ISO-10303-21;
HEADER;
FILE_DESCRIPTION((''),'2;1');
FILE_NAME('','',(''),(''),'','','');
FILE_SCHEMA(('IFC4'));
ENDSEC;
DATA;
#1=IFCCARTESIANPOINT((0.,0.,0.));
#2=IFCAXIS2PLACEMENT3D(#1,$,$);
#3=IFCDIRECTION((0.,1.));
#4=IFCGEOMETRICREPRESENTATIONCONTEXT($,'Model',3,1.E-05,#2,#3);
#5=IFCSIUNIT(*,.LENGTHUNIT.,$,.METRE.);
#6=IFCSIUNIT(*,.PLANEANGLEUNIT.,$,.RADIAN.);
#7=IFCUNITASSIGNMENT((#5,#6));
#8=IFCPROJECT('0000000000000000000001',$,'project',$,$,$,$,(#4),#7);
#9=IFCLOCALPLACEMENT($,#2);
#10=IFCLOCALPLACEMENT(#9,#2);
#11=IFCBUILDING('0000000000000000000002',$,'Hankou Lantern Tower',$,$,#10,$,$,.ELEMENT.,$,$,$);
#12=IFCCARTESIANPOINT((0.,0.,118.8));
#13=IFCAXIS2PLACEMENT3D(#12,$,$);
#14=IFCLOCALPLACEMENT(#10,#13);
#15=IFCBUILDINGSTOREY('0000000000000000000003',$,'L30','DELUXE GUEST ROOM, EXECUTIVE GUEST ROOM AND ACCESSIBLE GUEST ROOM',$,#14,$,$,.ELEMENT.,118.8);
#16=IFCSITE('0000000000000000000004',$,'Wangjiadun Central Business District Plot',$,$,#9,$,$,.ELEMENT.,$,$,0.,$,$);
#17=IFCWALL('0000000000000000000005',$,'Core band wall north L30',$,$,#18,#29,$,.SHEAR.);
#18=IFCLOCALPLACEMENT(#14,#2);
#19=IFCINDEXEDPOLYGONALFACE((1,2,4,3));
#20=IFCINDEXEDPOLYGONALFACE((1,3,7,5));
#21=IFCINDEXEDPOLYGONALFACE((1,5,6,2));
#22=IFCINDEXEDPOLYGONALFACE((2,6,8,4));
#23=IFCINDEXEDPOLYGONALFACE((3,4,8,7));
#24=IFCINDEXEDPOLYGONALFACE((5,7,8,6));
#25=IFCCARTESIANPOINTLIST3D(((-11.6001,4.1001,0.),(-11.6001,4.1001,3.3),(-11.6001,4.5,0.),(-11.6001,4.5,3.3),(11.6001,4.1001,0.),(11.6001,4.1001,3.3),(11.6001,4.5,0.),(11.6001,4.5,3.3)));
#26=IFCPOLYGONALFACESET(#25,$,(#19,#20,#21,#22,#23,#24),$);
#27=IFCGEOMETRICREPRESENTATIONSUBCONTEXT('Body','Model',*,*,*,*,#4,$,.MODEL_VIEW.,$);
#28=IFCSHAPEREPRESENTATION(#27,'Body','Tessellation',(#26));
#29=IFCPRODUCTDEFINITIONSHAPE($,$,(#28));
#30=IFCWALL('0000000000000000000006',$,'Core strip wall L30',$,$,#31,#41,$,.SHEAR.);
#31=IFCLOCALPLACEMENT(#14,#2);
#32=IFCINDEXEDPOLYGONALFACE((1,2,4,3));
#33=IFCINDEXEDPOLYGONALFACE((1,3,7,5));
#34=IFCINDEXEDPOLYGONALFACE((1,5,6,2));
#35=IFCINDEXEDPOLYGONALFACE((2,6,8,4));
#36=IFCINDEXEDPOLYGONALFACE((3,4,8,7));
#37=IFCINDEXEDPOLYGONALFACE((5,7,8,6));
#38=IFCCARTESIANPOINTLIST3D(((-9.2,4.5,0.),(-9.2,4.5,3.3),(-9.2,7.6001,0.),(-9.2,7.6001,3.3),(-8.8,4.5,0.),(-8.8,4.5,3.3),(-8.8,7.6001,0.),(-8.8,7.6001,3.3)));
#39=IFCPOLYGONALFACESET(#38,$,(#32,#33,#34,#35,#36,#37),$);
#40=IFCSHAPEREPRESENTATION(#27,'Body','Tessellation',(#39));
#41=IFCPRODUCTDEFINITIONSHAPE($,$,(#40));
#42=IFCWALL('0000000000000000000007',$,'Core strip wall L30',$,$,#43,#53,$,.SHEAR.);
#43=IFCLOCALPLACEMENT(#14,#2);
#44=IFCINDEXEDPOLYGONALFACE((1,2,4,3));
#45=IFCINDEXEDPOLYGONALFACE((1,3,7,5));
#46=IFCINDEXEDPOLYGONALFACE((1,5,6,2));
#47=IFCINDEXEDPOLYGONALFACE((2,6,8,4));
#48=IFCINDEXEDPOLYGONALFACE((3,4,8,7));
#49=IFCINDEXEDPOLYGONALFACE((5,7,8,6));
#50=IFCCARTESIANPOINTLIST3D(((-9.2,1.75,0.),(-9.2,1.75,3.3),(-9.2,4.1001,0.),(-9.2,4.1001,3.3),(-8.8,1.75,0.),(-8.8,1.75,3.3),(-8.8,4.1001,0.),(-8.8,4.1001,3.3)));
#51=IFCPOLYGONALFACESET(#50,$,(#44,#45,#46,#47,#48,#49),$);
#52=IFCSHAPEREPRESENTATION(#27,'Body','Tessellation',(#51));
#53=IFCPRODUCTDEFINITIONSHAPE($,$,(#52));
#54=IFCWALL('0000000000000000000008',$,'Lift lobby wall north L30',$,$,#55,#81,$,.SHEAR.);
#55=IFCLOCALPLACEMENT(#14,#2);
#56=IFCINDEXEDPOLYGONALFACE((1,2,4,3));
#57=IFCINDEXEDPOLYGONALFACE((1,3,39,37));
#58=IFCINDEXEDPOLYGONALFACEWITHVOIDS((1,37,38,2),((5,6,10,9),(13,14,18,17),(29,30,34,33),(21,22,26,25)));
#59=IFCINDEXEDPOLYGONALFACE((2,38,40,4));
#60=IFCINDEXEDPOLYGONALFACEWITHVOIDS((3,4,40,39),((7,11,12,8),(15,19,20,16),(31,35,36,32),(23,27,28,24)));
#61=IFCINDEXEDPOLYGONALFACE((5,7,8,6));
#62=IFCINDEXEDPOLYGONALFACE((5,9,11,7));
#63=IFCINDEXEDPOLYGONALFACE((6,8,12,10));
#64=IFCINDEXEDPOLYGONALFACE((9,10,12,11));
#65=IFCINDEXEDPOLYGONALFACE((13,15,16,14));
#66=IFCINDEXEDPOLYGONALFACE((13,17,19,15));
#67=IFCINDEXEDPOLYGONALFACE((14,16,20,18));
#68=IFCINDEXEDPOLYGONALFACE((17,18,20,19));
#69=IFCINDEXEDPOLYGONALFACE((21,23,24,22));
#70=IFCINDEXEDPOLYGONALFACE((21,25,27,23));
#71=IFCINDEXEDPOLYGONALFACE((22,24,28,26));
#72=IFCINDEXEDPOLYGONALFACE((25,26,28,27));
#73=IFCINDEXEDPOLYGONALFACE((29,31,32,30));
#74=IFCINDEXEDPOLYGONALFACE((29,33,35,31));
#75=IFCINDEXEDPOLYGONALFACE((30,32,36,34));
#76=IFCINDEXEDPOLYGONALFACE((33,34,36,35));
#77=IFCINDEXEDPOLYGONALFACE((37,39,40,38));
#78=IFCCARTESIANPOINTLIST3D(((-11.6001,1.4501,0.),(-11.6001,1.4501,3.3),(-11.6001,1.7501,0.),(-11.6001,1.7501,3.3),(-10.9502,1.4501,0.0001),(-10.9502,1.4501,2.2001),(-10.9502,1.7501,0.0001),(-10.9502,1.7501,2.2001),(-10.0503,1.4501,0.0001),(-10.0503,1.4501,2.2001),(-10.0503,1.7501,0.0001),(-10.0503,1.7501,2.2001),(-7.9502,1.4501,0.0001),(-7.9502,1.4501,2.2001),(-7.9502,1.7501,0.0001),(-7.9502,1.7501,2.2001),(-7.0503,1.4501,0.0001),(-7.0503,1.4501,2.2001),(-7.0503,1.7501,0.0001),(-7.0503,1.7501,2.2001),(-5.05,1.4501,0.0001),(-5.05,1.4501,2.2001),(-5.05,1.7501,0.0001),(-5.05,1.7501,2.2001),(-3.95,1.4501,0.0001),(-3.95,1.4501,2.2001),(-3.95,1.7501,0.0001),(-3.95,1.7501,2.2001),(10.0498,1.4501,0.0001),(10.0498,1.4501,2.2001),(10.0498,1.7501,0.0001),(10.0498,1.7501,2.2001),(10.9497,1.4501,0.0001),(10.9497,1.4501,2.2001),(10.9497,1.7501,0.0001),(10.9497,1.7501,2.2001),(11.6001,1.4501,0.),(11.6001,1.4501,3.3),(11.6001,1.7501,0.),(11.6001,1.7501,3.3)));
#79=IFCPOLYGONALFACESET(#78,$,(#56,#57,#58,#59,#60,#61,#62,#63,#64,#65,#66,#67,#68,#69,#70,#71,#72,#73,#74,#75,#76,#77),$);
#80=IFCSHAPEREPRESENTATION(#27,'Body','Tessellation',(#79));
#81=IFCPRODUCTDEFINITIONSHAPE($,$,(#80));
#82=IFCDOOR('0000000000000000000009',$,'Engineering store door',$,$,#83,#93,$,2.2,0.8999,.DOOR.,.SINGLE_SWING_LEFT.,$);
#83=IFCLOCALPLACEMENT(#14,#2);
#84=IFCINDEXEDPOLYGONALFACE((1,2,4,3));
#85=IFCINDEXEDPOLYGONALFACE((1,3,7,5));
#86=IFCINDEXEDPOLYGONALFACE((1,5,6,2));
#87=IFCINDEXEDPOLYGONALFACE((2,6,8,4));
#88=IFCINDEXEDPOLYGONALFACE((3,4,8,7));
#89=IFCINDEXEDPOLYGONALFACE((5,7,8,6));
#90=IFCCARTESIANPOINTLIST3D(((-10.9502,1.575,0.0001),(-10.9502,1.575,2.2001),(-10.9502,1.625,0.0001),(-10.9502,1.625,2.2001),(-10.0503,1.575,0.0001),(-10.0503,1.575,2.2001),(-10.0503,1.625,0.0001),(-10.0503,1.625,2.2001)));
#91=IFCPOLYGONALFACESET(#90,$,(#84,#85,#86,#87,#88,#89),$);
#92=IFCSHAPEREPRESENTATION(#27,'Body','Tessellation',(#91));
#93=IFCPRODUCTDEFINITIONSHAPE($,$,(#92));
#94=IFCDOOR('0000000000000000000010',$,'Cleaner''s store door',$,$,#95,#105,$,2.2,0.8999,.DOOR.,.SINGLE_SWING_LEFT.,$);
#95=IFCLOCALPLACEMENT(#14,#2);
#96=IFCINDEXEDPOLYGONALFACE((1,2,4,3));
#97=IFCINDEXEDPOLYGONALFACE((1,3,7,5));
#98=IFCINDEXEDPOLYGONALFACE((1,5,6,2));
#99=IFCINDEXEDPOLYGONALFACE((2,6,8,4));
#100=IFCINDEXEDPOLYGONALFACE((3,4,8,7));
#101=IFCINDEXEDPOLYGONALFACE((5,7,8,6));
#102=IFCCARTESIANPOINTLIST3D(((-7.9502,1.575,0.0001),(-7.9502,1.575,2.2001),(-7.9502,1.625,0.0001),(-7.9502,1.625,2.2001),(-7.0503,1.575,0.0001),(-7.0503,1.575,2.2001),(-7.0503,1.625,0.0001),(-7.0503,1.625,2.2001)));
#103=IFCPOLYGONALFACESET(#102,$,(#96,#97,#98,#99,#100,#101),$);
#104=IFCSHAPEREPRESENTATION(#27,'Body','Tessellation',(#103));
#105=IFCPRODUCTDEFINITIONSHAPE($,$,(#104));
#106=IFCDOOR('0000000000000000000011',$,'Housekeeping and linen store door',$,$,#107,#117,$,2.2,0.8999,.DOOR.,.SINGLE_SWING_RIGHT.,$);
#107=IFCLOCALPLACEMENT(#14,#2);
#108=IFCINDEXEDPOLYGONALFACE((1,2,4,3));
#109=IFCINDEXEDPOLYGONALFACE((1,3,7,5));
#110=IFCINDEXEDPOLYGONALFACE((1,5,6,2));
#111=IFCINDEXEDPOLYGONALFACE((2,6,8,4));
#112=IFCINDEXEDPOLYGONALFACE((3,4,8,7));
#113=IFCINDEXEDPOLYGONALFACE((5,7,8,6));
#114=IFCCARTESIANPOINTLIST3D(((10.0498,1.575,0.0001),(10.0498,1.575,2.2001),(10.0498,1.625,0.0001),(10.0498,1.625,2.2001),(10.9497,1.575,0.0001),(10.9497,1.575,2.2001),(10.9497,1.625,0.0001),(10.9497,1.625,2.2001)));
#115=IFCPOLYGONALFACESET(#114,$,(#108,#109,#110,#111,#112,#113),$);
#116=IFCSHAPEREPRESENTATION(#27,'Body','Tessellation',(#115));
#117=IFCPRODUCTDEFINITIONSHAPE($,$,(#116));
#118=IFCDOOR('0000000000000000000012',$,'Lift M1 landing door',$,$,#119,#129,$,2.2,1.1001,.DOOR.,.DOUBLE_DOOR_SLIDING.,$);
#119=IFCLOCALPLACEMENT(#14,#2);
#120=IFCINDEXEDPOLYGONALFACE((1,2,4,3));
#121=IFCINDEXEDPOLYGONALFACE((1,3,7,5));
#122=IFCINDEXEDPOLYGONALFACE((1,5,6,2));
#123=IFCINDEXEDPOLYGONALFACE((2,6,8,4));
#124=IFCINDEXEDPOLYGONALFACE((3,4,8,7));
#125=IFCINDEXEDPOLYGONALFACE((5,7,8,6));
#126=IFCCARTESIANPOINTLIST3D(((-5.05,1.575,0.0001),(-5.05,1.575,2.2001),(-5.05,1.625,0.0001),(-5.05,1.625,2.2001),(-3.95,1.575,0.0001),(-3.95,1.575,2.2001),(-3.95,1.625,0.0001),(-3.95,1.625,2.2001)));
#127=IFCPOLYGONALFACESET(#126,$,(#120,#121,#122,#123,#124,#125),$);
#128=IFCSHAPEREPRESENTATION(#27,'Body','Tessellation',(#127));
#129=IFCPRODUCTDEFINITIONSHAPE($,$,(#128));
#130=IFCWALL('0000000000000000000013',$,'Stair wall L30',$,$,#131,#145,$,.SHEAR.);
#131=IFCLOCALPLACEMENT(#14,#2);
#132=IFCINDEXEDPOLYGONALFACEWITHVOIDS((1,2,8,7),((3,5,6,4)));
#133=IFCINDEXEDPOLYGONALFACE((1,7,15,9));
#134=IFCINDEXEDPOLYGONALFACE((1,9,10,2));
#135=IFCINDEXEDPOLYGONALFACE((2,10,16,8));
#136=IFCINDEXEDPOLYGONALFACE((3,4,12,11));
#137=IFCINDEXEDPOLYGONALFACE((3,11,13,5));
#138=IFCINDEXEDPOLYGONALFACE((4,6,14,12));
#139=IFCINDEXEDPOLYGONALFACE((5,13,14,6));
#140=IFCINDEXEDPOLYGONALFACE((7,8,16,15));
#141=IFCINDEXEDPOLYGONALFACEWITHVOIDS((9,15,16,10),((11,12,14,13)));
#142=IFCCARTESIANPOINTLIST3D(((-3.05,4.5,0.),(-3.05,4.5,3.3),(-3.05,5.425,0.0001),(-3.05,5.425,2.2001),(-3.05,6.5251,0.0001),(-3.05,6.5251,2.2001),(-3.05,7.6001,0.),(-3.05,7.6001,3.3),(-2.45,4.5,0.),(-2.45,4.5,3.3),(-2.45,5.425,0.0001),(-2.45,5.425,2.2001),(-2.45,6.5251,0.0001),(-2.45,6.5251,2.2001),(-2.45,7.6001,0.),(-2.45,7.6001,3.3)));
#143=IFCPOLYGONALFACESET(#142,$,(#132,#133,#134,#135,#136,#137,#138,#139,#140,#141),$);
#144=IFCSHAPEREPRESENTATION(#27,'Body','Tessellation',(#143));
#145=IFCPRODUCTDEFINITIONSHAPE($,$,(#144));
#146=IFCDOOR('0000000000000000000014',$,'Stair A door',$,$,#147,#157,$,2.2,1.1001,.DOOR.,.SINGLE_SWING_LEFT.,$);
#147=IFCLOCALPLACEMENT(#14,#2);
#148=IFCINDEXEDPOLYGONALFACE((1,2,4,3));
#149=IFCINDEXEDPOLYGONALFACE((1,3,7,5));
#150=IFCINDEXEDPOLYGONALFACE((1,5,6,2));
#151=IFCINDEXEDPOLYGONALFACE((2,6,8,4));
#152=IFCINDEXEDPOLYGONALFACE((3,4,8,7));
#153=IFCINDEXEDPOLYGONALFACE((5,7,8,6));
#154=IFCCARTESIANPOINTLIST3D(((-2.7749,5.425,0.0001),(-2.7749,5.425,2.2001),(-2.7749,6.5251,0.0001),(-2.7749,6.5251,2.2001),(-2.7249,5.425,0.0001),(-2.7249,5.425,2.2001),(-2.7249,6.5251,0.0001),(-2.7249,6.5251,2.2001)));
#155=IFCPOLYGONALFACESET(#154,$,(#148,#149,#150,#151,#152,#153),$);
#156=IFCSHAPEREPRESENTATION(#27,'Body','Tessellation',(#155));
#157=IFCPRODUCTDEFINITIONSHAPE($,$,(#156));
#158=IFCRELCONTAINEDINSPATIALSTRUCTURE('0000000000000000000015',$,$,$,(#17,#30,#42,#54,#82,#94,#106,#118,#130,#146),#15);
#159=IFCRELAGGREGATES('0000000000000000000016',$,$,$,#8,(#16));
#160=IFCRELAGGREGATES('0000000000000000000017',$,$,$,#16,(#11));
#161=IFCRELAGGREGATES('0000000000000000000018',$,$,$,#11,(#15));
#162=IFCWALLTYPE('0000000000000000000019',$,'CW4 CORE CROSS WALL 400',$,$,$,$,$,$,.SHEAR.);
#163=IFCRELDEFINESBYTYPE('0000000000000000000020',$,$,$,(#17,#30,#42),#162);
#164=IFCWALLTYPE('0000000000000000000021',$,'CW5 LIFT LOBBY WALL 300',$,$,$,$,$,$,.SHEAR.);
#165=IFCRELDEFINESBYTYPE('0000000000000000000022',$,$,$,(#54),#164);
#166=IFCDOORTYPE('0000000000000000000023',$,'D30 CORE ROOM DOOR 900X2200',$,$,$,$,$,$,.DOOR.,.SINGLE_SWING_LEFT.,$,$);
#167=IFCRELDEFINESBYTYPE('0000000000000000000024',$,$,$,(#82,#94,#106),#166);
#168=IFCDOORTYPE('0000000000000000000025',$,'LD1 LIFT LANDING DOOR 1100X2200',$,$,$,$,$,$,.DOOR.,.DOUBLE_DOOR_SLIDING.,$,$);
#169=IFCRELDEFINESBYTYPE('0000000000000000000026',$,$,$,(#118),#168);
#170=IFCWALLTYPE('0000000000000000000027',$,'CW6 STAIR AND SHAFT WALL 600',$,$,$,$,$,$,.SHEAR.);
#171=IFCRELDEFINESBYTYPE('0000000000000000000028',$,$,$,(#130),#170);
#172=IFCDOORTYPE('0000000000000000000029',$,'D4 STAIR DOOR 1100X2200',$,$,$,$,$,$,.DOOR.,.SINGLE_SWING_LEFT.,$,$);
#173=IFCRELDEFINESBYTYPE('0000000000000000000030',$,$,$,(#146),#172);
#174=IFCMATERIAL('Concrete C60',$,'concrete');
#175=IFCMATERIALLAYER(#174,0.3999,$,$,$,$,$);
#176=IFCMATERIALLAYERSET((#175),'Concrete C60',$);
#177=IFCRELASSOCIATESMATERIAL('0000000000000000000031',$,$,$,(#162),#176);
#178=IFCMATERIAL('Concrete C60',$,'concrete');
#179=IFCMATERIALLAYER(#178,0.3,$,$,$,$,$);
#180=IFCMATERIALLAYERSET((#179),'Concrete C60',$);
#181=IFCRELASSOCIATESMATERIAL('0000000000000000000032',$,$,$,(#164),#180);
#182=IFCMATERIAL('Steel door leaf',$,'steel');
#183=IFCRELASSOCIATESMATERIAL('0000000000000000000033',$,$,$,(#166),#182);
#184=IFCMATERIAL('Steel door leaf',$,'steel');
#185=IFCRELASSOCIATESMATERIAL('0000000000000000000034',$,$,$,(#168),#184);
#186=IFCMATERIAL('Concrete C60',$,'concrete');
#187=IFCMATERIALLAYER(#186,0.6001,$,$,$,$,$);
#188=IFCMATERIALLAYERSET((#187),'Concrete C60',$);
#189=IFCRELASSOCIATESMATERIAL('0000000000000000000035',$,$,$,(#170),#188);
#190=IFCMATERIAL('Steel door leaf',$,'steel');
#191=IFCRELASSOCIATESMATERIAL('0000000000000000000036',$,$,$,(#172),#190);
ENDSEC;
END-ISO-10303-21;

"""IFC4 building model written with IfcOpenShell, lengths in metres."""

from ifc_helpers import new_model, si_unit, direction, frame, frame_2d, origin, place, context, subcontext, project, spatial, rectangle, extrude, material, layer, layer_set, type_object, element, fill, save


model = new_model("IFC4")

# Units and contexts
model_context = context("Model", 3, precision=1e-05, world=origin(), true_north=direction((0.0, 1.0)))
body_context = subcontext(model_context, "Body", "Model", "MODEL_VIEW")
ifc_project = project(units=[si_unit("LENGTHUNIT", "METRE"), si_unit("PLANEANGLEUNIT", "RADIAN")], contexts=[model_context])

# Site, building, storey
site_placement = place(None, origin())
site = spatial("IfcSite", under=ifc_project, at=site_placement, Name="Wangjiadun Central Business District Plot", CompositionType="ELEMENT", RefElevation=0.0)
building_placement = place(site_placement, origin())
building = spatial("IfcBuilding", under=site, at=building_placement, Name="Hankou Lantern Tower", CompositionType="ELEMENT")
storey_placement = place(building_placement, frame((0.0, 0.0, 118.8)))
storey = spatial("IfcBuildingStorey", under=building, at=storey_placement, Name="L30", Description="DELUXE GUEST ROOM, EXECUTIVE GUEST ROOM AND ACCESSIBLE GUEST ROOM", CompositionType="ELEMENT", Elevation=118.8)

# Walls
ifc_material_1 = material(Name="Concrete C60", Category="concrete")
ifc_layer_1 = layer(ifc_material_1, 0.3999)
ifc_layer_set_1 = layer_set([ifc_layer_1], Name="Concrete C60")
wall_type_1 = type_object("IfcWallType", Name="CW4 CORE CROSS WALL 400", PredefinedType="SHEAR", material=ifc_layer_set_1)
wall_1_placement = place(storey_placement, frame((-11.6001, 4.3, 0.0), z_axis=(0.0, 0.0, 1.0), x_axis=(1.0, 0.0, 0.0)))
element("IfcWall", 1, at=wall_1_placement, inside=storey, type_object=wall_type_1, Name="Core band wall north L30", PredefinedType="SHEAR", context=body_context, shape_type="SweptSolid", body=[
    extrude(rectangle(XDim=23.2002, YDim=0.3999, at=frame_2d((11.6001, 0.0))), origin(), (0.0, 0.0, 1.0), 3.3),
])
wall_2_placement = place(storey_placement, frame((-9.0, 4.5, 0.0), z_axis=(0.0, 0.0, 1.0), x_axis=(0.0, 1.0, 0.0)))
element("IfcWall", 2, at=wall_2_placement, inside=storey, type_object=wall_type_1, Name="Core strip wall L30", PredefinedType="SHEAR", context=body_context, shape_type="SweptSolid", body=[
    extrude(rectangle(XDim=3.1001, YDim=0.3999, at=frame_2d((1.55, 0.0))), origin(), (0.0, 0.0, 1.0), 3.3),
])
wall_3_placement = place(storey_placement, frame((-9.0, 1.75, 0.0), z_axis=(0.0, 0.0, 1.0), x_axis=(0.0, 1.0, 0.0)))
element("IfcWall", 3, at=wall_3_placement, inside=storey, type_object=wall_type_1, Name="Core strip wall L30", PredefinedType="SHEAR", context=body_context, shape_type="SweptSolid", body=[
    extrude(rectangle(XDim=2.3501, YDim=0.3999, at=frame_2d((1.175, 0.0))), origin(), (0.0, 0.0, 1.0), 3.3),
])

# Wall, openings, doors
ifc_material_2 = material(Name="Concrete C60", Category="concrete")
ifc_layer_2 = layer(ifc_material_2, 0.3)
ifc_layer_set_2 = layer_set([ifc_layer_2], Name="Concrete C60")
wall_type_2 = type_object("IfcWallType", Name="CW5 LIFT LOBBY WALL 300", PredefinedType="SHEAR", material=ifc_layer_set_2)
wall_4_placement = place(storey_placement, frame((-11.6001, 1.6001, 0.0), z_axis=(0.0, 0.0, 1.0), x_axis=(1.0, 0.0, 0.0)))
wall_4 = element("IfcWall", 4, at=wall_4_placement, inside=storey, type_object=wall_type_2, Name="Lift lobby wall north L30", PredefinedType="SHEAR", context=body_context, shape_type="SweptSolid", body=[
    extrude(rectangle(XDim=23.2002, YDim=0.3, at=frame_2d((11.6001, 0.0))), origin(), (0.0, 0.0, 1.0), 3.3),
])
opening_1_placement = place(wall_4_placement, frame((6.55, 0.0, 0.0)))
opening_1 = element("IfcOpeningElement", 5, at=opening_1_placement, cuts=wall_4, PredefinedType="OPENING", context=body_context, shape_type="SweptSolid", body=[
    extrude(rectangle(XDim=1.1001, YDim=2.2, at=frame_2d((0.55, 1.1001))), frame((0.0, 0.1599, 0.0), z_axis=(0.0, -1.0, 0.0), x_axis=(1.0, 0.0, 0.0)), (0.0, 0.0, 1.0), 0.3201),
])
opening_2_placement = place(wall_4_placement, frame((0.6499, 0.0, 0.0)))
opening_2 = element("IfcOpeningElement", 6, at=opening_2_placement, cuts=wall_4, PredefinedType="OPENING", context=body_context, shape_type="SweptSolid", body=[
    extrude(rectangle(XDim=0.8999, YDim=2.2, at=frame_2d((0.45, 1.1001))), frame((0.0, 0.1599, 0.0), z_axis=(0.0, -1.0, 0.0), x_axis=(1.0, 0.0, 0.0)), (0.0, 0.0, 1.0), 0.3201),
])
opening_3_placement = place(wall_4_placement, frame((3.6499, 0.0, 0.0)))
opening_3 = element("IfcOpeningElement", 7, at=opening_3_placement, cuts=wall_4, PredefinedType="OPENING", context=body_context, shape_type="SweptSolid", body=[
    extrude(rectangle(XDim=0.8999, YDim=2.2, at=frame_2d((0.45, 1.1001))), frame((0.0, 0.1599, 0.0), z_axis=(0.0, -1.0, 0.0), x_axis=(1.0, 0.0, 0.0)), (0.0, 0.0, 1.0), 0.3201),
])
opening_4_placement = place(wall_4_placement, frame((21.6499, 0.0, 0.0)))
opening_4 = element("IfcOpeningElement", 8, at=opening_4_placement, cuts=wall_4, PredefinedType="OPENING", context=body_context, shape_type="SweptSolid", body=[
    extrude(rectangle(XDim=0.8999, YDim=2.2, at=frame_2d((0.45, 1.1001))), frame((0.0, 0.1599, 0.0), z_axis=(0.0, -1.0, 0.0), x_axis=(1.0, 0.0, 0.0)), (0.0, 0.0, 1.0), 0.3201),
])
ifc_material_3 = material(Name="Steel door leaf", Category="steel")
door_type_1 = type_object("IfcDoorType", Name="D30 CORE ROOM DOOR 900X2200", OperationType="SINGLE_SWING_LEFT", PredefinedType="DOOR", material=ifc_material_3)
door_1_placement = place(opening_2_placement, origin())
door_1 = element("IfcDoor", 9, at=door_1_placement, inside=storey, type_object=door_type_1, Name="Engineering store door", OperationType="SINGLE_SWING_LEFT", OverallHeight=2.2, OverallWidth=0.8999, PredefinedType="DOOR", context=body_context, shape_type="SweptSolid", body=[
    extrude(rectangle(XDim=0.8999, YDim=2.2, at=frame_2d((0.45, 1.1001))), frame((0.0, 0.0249, 0.0), z_axis=(0.0, -1.0, 0.0), x_axis=(1.0, 0.0, 0.0)), (0.0, 0.0, 1.0), 0.05),
])
fill(opening_2, door_1)
door_2_placement = place(opening_3_placement, origin())
door_2 = element("IfcDoor", 10, at=door_2_placement, inside=storey, type_object=door_type_1, Name="Cleaner's store door", OperationType="SINGLE_SWING_LEFT", OverallHeight=2.2, OverallWidth=0.8999, PredefinedType="DOOR", context=body_context, shape_type="SweptSolid", body=[
    extrude(rectangle(XDim=0.8999, YDim=2.2, at=frame_2d((0.45, 1.1001))), frame((0.0, 0.0249, 0.0), z_axis=(0.0, -1.0, 0.0), x_axis=(1.0, 0.0, 0.0)), (0.0, 0.0, 1.0), 0.05),
])
fill(opening_3, door_2)
door_3_placement = place(opening_4_placement, origin())
door_3 = element("IfcDoor", 11, at=door_3_placement, inside=storey, type_object=door_type_1, Name="Housekeeping and linen store door", OperationType="SINGLE_SWING_RIGHT", OverallHeight=2.2, OverallWidth=0.8999, PredefinedType="DOOR", context=body_context, shape_type="SweptSolid", body=[
    extrude(rectangle(XDim=0.8999, YDim=2.2, at=frame_2d((0.45, 1.1001))), frame((0.0, 0.0249, 0.0), z_axis=(0.0, -1.0, 0.0), x_axis=(1.0, 0.0, 0.0)), (0.0, 0.0, 1.0), 0.05),
])
fill(opening_4, door_3)
ifc_material_4 = material(Name="Steel door leaf", Category="steel")
door_type_2 = type_object("IfcDoorType", Name="LD1 LIFT LANDING DOOR 1100X2200", OperationType="DOUBLE_DOOR_SLIDING", PredefinedType="DOOR", material=ifc_material_4)
door_4_placement = place(opening_1_placement, origin())
door_4 = element("IfcDoor", 12, at=door_4_placement, inside=storey, type_object=door_type_2, Name="Lift M1 landing door", OperationType="DOUBLE_DOOR_SLIDING", OverallHeight=2.2, OverallWidth=1.1001, PredefinedType="DOOR", context=body_context, shape_type="SweptSolid", body=[
    extrude(rectangle(XDim=1.1001, YDim=2.2, at=frame_2d((0.55, 1.1001))), frame((0.0, 0.0249, 0.0), z_axis=(0.0, -1.0, 0.0), x_axis=(1.0, 0.0, 0.0)), (0.0, 0.0, 1.0), 0.05),
])
fill(opening_1, door_4)

# Wall, opening, door
ifc_material_5 = material(Name="Concrete C60", Category="concrete")
ifc_layer_3 = layer(ifc_material_5, 0.6001)
ifc_layer_set_3 = layer_set([ifc_layer_3], Name="Concrete C60")
wall_type_3 = type_object("IfcWallType", Name="CW6 STAIR AND SHAFT WALL 600", PredefinedType="SHEAR", material=ifc_layer_set_3)
wall_5_placement = place(storey_placement, frame((-2.75, 4.5, 0.0), z_axis=(0.0, 0.0, 1.0), x_axis=(0.0, 1.0, 0.0)))
wall_5 = element("IfcWall", 13, at=wall_5_placement, inside=storey, type_object=wall_type_3, Name="Stair wall L30", PredefinedType="SHEAR", context=body_context, shape_type="SweptSolid", body=[
    extrude(rectangle(XDim=3.1001, YDim=0.6001, at=frame_2d((1.55, 0.0))), origin(), (0.0, 0.0, 1.0), 3.3),
])
opening_5_placement = place(wall_5_placement, frame((0.925, 0.0, 0.0)))
opening_5 = element("IfcOpeningElement", 14, at=opening_5_placement, cuts=wall_5, PredefinedType="OPENING", context=body_context, shape_type="SweptSolid", body=[
    extrude(rectangle(XDim=1.1001, YDim=2.2, at=frame_2d((0.55, 1.1001))), frame((0.0, 0.3101, 0.0), z_axis=(0.0, -1.0, 0.0), x_axis=(1.0, 0.0, 0.0)), (0.0, 0.0, 1.0), 0.6201),
])
ifc_material_6 = material(Name="Steel door leaf", Category="steel")
door_type_3 = type_object("IfcDoorType", Name="D4 STAIR DOOR 1100X2200", OperationType="SINGLE_SWING_LEFT", PredefinedType="DOOR", material=ifc_material_6)
door_5_placement = place(opening_5_placement, origin())
door_5 = element("IfcDoor", 15, at=door_5_placement, inside=storey, type_object=door_type_3, Name="Stair A door", OperationType="SINGLE_SWING_LEFT", OverallHeight=2.2, OverallWidth=1.1001, PredefinedType="DOOR", context=body_context, shape_type="SweptSolid", body=[
    extrude(rectangle(XDim=1.1001, YDim=2.2, at=frame_2d((0.55, 1.1001))), frame((0.0, 0.0249, 0.0), z_axis=(0.0, -1.0, 0.0), x_axis=(1.0, 0.0, 0.0)), (0.0, 0.0, 1.0), 0.05),
])
fill(opening_5, door_5)

save(model, "model.ifc")
